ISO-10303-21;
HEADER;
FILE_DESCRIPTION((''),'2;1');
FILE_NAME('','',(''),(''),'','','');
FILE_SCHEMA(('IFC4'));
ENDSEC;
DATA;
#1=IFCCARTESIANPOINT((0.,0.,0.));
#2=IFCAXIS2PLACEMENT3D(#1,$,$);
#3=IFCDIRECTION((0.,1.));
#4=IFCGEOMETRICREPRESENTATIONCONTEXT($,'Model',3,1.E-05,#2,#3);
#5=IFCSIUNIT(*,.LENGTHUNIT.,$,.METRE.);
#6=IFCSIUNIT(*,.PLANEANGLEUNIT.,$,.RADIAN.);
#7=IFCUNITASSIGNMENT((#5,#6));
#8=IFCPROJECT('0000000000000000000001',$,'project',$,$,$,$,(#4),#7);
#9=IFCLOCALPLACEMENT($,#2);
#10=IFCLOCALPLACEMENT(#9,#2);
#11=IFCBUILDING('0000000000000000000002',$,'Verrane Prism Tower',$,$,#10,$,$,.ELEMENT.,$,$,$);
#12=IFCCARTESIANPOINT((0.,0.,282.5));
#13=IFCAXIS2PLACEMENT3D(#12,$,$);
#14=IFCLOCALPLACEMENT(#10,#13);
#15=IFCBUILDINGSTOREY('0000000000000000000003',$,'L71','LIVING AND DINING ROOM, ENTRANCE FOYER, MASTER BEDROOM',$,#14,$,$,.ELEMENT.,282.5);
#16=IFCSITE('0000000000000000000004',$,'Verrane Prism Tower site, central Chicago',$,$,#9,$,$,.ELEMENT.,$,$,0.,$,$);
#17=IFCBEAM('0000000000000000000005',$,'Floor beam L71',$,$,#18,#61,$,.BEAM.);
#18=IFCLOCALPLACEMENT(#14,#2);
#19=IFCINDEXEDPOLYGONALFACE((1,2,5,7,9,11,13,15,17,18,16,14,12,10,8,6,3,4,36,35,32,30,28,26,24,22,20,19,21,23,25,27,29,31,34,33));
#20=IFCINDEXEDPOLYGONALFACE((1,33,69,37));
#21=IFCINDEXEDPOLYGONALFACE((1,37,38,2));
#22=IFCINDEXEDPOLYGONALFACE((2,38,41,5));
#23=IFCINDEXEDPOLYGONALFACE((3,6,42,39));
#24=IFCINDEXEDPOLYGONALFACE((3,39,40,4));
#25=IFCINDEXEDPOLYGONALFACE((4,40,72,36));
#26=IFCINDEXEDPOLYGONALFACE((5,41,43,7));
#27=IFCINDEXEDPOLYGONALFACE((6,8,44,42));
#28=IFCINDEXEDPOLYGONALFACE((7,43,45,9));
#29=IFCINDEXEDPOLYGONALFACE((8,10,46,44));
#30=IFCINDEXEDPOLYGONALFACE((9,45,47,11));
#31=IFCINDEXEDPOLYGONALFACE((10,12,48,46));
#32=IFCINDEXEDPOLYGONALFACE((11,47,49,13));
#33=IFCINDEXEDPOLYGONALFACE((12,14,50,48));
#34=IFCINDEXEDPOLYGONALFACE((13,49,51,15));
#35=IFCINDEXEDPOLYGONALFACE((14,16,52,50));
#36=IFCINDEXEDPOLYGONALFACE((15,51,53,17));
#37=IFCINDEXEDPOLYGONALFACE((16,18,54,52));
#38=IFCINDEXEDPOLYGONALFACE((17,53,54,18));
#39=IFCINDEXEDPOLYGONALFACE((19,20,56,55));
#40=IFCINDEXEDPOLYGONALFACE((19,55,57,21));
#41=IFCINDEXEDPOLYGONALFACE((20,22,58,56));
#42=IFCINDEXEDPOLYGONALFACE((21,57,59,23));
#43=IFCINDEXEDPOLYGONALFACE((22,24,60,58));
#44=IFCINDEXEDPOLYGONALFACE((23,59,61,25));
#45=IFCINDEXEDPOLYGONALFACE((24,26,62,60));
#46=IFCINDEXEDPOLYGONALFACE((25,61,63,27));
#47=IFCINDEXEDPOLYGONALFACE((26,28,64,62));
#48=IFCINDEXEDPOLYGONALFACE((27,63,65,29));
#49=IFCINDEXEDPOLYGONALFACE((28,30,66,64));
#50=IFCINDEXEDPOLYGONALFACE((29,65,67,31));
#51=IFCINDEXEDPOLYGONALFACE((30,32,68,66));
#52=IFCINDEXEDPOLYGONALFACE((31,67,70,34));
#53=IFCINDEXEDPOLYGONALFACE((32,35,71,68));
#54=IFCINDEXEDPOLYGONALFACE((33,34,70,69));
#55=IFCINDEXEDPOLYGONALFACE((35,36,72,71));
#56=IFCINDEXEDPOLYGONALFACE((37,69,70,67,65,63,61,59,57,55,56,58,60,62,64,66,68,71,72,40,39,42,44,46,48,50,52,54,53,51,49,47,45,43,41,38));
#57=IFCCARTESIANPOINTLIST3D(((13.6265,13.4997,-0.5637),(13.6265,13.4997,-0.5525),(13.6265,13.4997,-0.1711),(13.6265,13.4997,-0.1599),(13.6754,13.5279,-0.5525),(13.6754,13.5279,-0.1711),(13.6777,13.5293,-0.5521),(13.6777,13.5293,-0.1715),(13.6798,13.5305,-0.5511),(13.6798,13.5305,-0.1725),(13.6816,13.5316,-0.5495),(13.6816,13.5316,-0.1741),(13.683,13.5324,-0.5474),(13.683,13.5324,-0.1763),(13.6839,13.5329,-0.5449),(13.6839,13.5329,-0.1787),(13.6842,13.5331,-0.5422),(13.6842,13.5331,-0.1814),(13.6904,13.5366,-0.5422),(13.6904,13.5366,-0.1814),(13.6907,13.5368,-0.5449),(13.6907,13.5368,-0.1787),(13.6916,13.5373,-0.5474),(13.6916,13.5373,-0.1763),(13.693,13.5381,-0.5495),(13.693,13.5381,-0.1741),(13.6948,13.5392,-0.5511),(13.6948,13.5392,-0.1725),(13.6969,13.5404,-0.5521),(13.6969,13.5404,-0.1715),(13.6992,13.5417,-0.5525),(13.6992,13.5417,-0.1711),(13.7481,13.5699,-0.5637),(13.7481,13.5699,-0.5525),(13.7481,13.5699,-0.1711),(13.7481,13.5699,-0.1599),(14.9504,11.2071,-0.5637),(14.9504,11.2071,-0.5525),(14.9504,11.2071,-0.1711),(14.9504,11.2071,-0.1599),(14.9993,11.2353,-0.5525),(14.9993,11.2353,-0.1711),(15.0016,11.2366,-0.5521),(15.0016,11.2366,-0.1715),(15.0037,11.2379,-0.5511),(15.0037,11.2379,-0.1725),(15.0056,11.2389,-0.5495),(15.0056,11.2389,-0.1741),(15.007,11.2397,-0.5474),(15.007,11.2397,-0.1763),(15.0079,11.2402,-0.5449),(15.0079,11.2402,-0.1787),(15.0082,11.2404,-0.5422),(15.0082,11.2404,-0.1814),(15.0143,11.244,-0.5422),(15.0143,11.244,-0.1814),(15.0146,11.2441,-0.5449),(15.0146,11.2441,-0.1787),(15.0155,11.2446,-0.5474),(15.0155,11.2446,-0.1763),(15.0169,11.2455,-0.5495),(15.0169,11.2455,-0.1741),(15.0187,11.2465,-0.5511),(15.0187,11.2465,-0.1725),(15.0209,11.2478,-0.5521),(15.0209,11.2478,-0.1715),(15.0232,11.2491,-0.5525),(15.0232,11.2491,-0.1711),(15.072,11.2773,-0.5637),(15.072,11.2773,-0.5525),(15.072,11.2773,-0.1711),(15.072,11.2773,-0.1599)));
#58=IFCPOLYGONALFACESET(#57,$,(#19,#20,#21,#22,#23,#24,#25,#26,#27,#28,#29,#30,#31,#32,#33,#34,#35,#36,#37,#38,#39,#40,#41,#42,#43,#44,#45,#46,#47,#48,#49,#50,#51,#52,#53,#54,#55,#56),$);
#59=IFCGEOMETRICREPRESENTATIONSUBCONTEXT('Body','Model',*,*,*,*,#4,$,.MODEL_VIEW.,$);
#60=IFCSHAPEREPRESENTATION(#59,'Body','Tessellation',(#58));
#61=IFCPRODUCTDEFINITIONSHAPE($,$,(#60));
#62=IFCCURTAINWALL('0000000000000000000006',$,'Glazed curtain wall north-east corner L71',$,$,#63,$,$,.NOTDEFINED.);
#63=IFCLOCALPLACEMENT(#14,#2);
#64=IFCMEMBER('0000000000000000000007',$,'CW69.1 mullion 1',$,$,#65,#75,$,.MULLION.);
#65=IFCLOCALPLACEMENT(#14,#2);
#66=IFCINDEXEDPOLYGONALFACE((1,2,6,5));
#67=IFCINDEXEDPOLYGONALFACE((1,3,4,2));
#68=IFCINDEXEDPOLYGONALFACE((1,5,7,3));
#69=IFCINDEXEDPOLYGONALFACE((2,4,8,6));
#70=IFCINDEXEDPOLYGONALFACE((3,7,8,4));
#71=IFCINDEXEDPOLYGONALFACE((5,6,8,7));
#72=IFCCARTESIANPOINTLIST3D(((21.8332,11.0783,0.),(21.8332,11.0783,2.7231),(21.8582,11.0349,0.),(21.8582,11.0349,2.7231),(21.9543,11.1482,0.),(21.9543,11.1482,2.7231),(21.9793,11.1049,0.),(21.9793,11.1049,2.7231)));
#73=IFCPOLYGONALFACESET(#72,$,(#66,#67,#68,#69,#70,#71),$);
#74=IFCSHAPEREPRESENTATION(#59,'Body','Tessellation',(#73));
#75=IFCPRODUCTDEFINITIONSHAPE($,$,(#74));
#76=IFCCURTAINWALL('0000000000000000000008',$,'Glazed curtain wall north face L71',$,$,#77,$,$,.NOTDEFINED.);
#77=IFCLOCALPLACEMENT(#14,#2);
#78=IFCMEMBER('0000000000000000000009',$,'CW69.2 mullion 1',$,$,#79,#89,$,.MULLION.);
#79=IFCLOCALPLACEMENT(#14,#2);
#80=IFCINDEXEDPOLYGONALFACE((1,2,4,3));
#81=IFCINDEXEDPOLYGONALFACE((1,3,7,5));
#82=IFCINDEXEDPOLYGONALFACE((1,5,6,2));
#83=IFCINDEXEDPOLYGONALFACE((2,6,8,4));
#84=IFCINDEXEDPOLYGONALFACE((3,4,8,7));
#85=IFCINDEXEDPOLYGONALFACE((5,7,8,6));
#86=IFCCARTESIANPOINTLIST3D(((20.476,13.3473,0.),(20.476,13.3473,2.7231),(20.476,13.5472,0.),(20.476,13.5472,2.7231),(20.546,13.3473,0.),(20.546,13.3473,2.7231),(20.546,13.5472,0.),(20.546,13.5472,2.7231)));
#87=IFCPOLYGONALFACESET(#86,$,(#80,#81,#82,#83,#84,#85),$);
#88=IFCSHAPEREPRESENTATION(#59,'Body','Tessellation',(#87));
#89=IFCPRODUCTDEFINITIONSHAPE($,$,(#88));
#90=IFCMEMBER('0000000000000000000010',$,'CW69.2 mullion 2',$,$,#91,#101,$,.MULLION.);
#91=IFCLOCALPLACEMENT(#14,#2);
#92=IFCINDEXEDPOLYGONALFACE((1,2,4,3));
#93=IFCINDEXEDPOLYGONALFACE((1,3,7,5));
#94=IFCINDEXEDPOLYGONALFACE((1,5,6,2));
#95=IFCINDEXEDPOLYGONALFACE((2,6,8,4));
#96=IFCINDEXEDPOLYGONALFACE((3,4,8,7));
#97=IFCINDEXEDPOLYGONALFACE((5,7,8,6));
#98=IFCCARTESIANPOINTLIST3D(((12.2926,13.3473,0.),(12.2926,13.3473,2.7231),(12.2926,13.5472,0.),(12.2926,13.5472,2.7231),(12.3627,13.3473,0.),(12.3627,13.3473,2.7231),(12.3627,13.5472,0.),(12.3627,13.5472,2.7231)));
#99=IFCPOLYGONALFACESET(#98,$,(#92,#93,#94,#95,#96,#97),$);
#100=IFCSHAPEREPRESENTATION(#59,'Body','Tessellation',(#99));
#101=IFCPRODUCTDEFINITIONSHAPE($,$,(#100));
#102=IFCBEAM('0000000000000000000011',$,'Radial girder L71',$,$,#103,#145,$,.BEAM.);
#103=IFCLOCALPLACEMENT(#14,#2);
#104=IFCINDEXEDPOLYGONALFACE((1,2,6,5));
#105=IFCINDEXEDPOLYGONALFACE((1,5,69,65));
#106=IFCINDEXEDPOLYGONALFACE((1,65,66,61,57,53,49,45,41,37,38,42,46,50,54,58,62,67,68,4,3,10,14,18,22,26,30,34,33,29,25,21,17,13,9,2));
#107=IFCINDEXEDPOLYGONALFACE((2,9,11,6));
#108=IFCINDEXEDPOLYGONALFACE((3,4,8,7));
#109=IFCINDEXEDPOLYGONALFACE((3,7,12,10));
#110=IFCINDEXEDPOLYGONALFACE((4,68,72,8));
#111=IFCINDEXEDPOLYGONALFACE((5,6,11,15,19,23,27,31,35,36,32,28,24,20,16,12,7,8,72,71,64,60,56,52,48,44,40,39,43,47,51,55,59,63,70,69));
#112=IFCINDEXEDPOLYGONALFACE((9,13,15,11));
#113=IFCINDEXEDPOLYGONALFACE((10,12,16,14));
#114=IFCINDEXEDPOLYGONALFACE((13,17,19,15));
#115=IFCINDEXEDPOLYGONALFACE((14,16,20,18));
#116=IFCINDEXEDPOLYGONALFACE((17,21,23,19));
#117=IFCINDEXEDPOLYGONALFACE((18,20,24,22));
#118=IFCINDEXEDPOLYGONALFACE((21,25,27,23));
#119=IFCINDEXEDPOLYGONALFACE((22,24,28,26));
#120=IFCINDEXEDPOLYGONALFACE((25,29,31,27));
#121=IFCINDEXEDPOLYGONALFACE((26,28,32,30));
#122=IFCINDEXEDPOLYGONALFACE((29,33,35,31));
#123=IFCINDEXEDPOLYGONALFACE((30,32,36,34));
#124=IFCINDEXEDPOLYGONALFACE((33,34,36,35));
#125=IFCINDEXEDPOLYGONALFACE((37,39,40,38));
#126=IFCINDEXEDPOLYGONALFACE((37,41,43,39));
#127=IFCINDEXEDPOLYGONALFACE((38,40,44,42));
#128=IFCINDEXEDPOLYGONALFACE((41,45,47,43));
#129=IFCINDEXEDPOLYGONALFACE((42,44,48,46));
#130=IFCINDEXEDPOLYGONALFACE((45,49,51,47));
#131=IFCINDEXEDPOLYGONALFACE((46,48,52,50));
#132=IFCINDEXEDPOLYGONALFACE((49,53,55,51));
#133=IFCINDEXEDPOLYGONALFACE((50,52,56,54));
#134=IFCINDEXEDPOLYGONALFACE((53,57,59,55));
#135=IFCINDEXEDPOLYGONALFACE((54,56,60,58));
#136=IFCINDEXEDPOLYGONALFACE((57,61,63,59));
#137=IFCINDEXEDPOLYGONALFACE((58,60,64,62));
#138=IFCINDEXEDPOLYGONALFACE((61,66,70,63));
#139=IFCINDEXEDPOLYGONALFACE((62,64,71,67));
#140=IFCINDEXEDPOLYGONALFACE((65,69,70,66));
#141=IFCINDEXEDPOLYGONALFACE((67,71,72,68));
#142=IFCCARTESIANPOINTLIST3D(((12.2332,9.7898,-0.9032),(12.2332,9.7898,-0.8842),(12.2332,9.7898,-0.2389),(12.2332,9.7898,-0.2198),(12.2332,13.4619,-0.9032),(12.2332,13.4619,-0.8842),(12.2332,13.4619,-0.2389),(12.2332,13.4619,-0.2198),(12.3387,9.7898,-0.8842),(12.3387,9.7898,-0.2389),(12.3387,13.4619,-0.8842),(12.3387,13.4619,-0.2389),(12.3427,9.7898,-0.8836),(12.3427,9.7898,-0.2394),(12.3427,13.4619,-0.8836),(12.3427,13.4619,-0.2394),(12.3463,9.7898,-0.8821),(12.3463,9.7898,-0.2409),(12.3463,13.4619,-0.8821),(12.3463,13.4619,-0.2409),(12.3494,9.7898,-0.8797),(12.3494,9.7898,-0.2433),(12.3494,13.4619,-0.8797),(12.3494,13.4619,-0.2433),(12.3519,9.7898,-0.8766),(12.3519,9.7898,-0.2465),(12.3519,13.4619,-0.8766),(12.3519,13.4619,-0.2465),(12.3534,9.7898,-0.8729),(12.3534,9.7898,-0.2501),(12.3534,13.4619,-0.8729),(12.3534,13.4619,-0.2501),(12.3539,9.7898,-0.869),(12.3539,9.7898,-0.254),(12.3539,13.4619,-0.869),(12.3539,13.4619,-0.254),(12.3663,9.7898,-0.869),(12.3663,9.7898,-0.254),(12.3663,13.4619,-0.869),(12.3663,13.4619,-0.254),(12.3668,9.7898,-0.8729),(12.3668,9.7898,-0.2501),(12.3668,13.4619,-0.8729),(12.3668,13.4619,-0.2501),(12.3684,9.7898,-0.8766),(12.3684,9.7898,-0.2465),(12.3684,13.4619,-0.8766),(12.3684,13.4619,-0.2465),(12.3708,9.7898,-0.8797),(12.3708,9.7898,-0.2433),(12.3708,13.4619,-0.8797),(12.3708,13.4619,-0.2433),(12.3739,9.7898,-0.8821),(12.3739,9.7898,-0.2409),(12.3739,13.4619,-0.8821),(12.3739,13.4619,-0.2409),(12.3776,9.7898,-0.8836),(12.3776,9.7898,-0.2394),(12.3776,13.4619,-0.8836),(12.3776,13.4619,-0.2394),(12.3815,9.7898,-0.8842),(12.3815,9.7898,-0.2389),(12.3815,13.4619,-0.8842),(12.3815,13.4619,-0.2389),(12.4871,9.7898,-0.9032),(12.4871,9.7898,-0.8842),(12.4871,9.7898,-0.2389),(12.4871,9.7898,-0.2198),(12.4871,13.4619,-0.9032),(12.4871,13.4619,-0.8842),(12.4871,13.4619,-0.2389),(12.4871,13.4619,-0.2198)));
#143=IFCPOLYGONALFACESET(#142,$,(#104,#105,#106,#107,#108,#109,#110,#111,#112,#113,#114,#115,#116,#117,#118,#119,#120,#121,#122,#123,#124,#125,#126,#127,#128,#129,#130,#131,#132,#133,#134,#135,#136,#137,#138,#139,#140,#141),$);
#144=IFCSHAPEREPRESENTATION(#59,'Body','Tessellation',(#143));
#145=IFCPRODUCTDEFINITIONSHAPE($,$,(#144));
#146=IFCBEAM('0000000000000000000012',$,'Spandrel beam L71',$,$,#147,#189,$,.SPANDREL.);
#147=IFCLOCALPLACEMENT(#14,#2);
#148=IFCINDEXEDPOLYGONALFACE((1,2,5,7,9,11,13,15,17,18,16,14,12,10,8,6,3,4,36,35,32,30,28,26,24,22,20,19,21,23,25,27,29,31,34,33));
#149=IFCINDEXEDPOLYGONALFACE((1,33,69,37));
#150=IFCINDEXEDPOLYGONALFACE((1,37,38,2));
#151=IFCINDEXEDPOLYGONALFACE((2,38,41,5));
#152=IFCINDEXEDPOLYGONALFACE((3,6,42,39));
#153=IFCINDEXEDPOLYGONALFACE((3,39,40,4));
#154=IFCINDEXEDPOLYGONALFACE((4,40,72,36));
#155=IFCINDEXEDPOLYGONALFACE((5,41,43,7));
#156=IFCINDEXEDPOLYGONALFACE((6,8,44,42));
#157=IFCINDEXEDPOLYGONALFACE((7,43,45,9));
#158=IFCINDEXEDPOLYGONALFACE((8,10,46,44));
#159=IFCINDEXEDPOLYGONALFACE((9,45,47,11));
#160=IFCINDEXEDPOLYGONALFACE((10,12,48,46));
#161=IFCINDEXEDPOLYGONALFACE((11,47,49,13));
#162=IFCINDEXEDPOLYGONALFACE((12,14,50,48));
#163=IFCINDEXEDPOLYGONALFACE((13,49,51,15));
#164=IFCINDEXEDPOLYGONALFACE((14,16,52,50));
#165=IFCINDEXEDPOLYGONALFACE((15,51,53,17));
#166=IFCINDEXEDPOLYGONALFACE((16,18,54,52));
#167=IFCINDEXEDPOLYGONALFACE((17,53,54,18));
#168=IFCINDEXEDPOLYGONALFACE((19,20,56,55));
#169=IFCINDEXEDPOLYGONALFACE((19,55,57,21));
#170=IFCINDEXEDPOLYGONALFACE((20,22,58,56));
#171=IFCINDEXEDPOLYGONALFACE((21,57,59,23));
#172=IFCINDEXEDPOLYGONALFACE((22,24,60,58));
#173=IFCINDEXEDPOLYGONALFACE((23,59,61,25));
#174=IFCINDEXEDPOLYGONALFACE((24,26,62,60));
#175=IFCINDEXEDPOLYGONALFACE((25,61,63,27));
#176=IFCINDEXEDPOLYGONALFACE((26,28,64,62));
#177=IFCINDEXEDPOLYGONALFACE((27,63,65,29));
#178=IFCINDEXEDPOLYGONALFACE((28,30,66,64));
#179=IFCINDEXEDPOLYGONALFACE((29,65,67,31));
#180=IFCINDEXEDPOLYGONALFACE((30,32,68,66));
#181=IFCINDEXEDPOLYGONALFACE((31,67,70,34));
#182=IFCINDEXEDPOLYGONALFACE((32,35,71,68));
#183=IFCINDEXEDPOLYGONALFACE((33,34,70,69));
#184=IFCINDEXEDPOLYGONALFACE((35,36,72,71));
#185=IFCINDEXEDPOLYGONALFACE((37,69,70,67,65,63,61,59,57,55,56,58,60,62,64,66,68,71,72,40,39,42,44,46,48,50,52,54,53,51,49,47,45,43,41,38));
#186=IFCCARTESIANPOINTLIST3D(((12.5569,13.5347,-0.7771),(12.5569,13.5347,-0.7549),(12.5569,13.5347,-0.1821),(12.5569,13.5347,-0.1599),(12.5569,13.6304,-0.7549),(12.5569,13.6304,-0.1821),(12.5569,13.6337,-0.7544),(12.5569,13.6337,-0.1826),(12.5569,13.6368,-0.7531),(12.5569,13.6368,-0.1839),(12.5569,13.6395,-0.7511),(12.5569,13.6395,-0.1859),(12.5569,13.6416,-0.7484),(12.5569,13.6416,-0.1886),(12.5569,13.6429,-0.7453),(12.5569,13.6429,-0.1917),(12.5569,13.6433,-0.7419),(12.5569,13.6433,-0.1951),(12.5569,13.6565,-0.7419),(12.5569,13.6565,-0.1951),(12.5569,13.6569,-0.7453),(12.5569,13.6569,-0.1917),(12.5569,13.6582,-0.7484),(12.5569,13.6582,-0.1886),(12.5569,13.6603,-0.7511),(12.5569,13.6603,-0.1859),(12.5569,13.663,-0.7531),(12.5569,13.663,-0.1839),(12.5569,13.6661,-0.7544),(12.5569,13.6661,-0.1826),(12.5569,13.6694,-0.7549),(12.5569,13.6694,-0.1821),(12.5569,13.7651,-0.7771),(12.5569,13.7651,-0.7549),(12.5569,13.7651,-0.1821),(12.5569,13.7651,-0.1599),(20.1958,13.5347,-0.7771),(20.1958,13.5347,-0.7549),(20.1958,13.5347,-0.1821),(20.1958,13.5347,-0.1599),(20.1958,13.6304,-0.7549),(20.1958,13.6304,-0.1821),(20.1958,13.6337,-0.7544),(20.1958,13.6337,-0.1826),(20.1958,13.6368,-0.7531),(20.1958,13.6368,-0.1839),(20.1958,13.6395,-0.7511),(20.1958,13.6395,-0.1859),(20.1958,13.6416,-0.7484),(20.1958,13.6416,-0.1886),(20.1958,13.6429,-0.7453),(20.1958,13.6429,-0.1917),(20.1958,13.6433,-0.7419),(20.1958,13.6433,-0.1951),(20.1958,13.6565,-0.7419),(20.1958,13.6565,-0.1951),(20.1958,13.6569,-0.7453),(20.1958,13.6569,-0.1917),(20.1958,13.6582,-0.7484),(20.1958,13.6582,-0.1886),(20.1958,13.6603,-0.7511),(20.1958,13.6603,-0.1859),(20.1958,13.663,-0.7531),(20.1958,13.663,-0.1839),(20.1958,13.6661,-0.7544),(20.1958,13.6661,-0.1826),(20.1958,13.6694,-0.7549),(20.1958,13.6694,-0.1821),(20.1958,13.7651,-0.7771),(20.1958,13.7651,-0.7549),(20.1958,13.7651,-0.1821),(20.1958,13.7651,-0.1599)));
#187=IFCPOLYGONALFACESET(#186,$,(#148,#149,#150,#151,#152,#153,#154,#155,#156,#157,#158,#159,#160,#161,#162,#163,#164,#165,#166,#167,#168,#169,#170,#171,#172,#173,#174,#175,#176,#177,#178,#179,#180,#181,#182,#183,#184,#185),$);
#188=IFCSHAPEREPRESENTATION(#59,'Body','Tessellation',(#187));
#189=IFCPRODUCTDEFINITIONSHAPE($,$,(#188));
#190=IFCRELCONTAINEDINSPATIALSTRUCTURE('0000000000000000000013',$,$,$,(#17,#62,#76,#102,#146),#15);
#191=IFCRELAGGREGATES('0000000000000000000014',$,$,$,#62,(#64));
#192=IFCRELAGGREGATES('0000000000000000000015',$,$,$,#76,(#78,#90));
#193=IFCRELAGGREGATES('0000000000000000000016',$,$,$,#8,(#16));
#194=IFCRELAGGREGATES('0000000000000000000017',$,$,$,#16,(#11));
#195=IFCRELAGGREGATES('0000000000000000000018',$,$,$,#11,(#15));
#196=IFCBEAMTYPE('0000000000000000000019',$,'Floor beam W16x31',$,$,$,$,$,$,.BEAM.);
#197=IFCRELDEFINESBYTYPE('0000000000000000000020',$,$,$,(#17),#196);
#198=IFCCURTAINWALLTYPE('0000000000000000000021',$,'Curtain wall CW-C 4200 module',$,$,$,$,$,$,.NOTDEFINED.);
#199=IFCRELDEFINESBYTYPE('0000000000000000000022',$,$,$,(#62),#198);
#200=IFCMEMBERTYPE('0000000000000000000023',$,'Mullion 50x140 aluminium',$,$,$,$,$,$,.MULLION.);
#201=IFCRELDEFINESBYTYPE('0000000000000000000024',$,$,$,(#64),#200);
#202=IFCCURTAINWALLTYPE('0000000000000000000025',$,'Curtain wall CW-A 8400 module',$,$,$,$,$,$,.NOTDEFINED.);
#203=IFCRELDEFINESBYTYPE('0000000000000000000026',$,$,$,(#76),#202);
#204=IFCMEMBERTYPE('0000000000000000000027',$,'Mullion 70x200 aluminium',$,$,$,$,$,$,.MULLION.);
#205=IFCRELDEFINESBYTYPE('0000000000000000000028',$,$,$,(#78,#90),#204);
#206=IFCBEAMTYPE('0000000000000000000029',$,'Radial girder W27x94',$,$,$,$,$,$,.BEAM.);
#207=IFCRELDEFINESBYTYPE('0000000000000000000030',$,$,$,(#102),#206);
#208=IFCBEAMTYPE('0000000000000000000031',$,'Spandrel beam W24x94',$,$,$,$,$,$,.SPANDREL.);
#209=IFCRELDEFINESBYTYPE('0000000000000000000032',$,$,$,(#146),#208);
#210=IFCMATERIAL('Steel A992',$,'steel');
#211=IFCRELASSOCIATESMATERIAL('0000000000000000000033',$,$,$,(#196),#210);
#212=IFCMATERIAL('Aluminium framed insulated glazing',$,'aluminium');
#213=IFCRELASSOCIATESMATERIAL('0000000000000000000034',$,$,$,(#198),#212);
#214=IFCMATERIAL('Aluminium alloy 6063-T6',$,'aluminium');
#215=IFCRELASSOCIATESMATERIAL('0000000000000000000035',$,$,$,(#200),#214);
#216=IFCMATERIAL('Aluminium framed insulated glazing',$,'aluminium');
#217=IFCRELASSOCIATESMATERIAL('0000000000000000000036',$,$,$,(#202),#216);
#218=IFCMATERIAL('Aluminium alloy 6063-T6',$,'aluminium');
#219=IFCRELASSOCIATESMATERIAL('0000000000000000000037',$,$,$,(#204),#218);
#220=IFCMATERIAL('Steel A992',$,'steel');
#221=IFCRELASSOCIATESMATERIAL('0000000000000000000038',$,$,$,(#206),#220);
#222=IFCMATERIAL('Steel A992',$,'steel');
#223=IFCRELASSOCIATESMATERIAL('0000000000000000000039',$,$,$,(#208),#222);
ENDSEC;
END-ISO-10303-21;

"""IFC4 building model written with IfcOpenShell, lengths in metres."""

from ifc_helpers import new_model, si_unit, direction, frame, origin, origin_2d, place, context, subcontext, project, spatial, rectangle, i_section, extrude, material, material_profile, profile_set, type_object, element, aggregate, save


model = new_model("IFC4")

# Units and contexts
model_context = context("Model", 3, precision=1e-05, world=origin(), true_north=direction((0.0, 1.0)))
body_context = subcontext(model_context, "Body", "Model", "MODEL_VIEW")
ifc_project = project(units=[si_unit("LENGTHUNIT", "METRE"), si_unit("PLANEANGLEUNIT", "RADIAN")], contexts=[model_context])

# Site, building, storey
site_placement = place(None, origin())
site = spatial("IfcSite", under=ifc_project, at=site_placement, Name="Verrane Prism Tower site, central Chicago", CompositionType="ELEMENT", RefElevation=0.0)
building_placement = place(site_placement, origin())
building = spatial("IfcBuilding", under=site, at=building_placement, Name="Verrane Prism Tower", CompositionType="ELEMENT")
storey_placement = place(building_placement, frame((0.0, 0.0, 282.5)))
storey = spatial("IfcBuildingStorey", under=building, at=storey_placement, Name="L71", Description="LIVING AND DINING ROOM, ENTRANCE FOYER, MASTER BEDROOM", CompositionType="ELEMENT", Elevation=282.5)

# Beam
ifc_material_1 = material(Name="Steel A992", Category="steel")
ifc_material_profile_1 = material_profile(ifc_material_1, i_section(OverallWidth=0.1404, OverallDepth=0.4038, WebThickness=0.0071, FlangeThickness=0.0112, FilletRadius=0.0103, at=origin_2d()), Name="W16x31")
ifc_profile_set_1 = profile_set([ifc_material_profile_1], Name="Steel A992")
beam_type_1 = type_object("IfcBeamType", Name="Floor beam W16x31", PredefinedType="BEAM", material=ifc_profile_set_1)
beam_1_placement = place(storey_placement, frame((15.0112, 11.2422, -0.3618), z_axis=(-0.500076, 0.865981, 0.0), x_axis=(-0.865981, -0.500076, 0.0)))
element("IfcBeam", 1, at=beam_1_placement, inside=storey, type_object=beam_type_1, Name="Floor beam L71", PredefinedType="BEAM", context=body_context, shape_type="SweptSolid", body=[
    extrude(i_section(OverallWidth=0.1404, OverallDepth=0.4038, WebThickness=0.0071, FlangeThickness=0.0112, FilletRadius=0.0103, at=origin_2d()), origin(), (0.0, 0.0, 1.0), 2.6475),
])

# Curtain wall, member
ifc_material_2 = material(Name="Aluminium framed insulated glazing", Category="aluminium")
curtain_wall_type_1 = type_object("IfcCurtainWallType", Name="Curtain wall CW-C 4200 module", PredefinedType="NOTDEFINED", material=ifc_material_2)
curtain_wall_1_placement = place(storey_placement, origin())
curtain_wall_1 = element("IfcCurtainWall", 2, at=curtain_wall_1_placement, inside=storey, type_object=curtain_wall_type_1, Name="Glazed curtain wall north-east corner L71", PredefinedType="NOTDEFINED")
ifc_material_3 = material(Name="Aluminium alloy 6063-T6", Category="aluminium")
ifc_material_profile_2 = material_profile(ifc_material_3, rectangle(XDim=0.1399, YDim=0.05, at=origin_2d()), Name="Mullion 50x140 aluminium")
ifc_profile_set_2 = profile_set([ifc_material_profile_2], Name="Aluminium alloy 6063-T6")
member_type_1 = type_object("IfcMemberType", Name="Mullion 50x140 aluminium", PredefinedType="MULLION", material=ifc_profile_set_2)
member_1_placement = place(storey_placement, frame((21.9062, 11.0916, 0.0), z_axis=(0.0, 0.0, 1.0), x_axis=(-0.866024, -0.500002, 0.0)))
member_1 = element("IfcMember", 3, at=member_1_placement, type_object=member_type_1, Name="CW69.1 mullion 1", PredefinedType="MULLION", context=body_context, shape_type="SweptSolid", body=[
    extrude(rectangle(XDim=0.1399, YDim=0.05, at=origin_2d()), origin(), (0.0, 0.0, 1.0), 2.7231),
])

# Curtain wall, members
ifc_material_4 = material(Name="Aluminium framed insulated glazing", Category="aluminium")
curtain_wall_type_2 = type_object("IfcCurtainWallType", Name="Curtain wall CW-A 8400 module", PredefinedType="NOTDEFINED", material=ifc_material_4)
curtain_wall_2_placement = place(storey_placement, origin())
curtain_wall_2 = element("IfcCurtainWall", 4, at=curtain_wall_2_placement, inside=storey, type_object=curtain_wall_type_2, Name="Glazed curtain wall north face L71", PredefinedType="NOTDEFINED")
ifc_material_5 = material(Name="Aluminium alloy 6063-T6", Category="aluminium")
ifc_material_profile_3 = material_profile(ifc_material_5, rectangle(XDim=0.2, YDim=0.0701, at=origin_2d()), Name="Mullion 70x200 aluminium")
ifc_profile_set_3 = profile_set([ifc_material_profile_3], Name="Aluminium alloy 6063-T6")
member_type_2 = type_object("IfcMemberType", Name="Mullion 70x200 aluminium", PredefinedType="MULLION", material=ifc_profile_set_3)
member_2_placement = place(storey_placement, frame((20.511, 13.4473, 0.0), z_axis=(0.0, 0.0, 1.0), x_axis=(0.0, -1.0, 0.0)))
member_2 = element("IfcMember", 5, at=member_2_placement, type_object=member_type_2, Name="CW69.2 mullion 1", PredefinedType="MULLION", context=body_context, shape_type="SweptSolid", body=[
    extrude(rectangle(XDim=0.2, YDim=0.0701, at=origin_2d()), origin(), (0.0, 0.0, 1.0), 2.7231),
])
member_3_placement = place(storey_placement, frame((12.3276, 13.4473, 0.0), z_axis=(0.0, 0.0, 1.0), x_axis=(0.0, -1.0, 0.0)))
member_3 = element("IfcMember", 6, at=member_3_placement, type_object=member_type_2, Name="CW69.2 mullion 2", PredefinedType="MULLION", context=body_context, shape_type="SweptSolid", body=[
    extrude(rectangle(XDim=0.2, YDim=0.0701, at=origin_2d()), origin(), (0.0, 0.0, 1.0), 2.7231),
])

# Beams
ifc_material_6 = material(Name="Steel A992", Category="steel")
ifc_material_profile_4 = material_profile(ifc_material_6, i_section(OverallWidth=0.2539, OverallDepth=0.6833, WebThickness=0.0125, FlangeThickness=0.019, FilletRadius=0.0151, at=origin_2d()), Name="W27x94")
ifc_profile_set_4 = profile_set([ifc_material_profile_4], Name="Steel A992")
beam_type_2 = type_object("IfcBeamType", Name="Radial girder W27x94", PredefinedType="BEAM", material=ifc_profile_set_4)
beam_2_placement = place(storey_placement, frame((12.3601, 13.4619, -0.5615), z_axis=(0.0, -1.0, 0.0), x_axis=(1.0, 0.0, 0.0)))
element("IfcBeam", 7, at=beam_2_placement, inside=storey, type_object=beam_type_2, Name="Radial girder L71", PredefinedType="BEAM", context=body_context, shape_type="SweptSolid", body=[
    extrude(i_section(OverallWidth=0.2539, OverallDepth=0.6833, WebThickness=0.0125, FlangeThickness=0.019, FilletRadius=0.0151, at=origin_2d()), origin(), (0.0, 0.0, 1.0), 3.6721),
])
ifc_material_7 = material(Name="Steel A992", Category="steel")
ifc_material_profile_5 = material_profile(ifc_material_7, i_section(OverallWidth=0.2305, OverallDepth=0.6172, WebThickness=0.0132, FlangeThickness=0.0222, FilletRadius=0.0129, at=origin_2d()), Name="W24x94")
ifc_profile_set_5 = profile_set([ifc_material_profile_5], Name="Steel A992")
beam_type_3 = type_object("IfcBeamType", Name="Spandrel beam W24x94", PredefinedType="SPANDREL", material=ifc_profile_set_5)
beam_3_placement = place(storey_placement, frame((20.1958, 13.6499, -0.4685), z_axis=(-1.0, 0.0, 0.0), x_axis=(0.0, -1.0, 0.0)))
element("IfcBeam", 8, at=beam_3_placement, inside=storey, type_object=beam_type_3, Name="Spandrel beam L71", PredefinedType="SPANDREL", context=body_context, shape_type="SweptSolid", body=[
    extrude(i_section(OverallWidth=0.2305, OverallDepth=0.6172, WebThickness=0.0132, FlangeThickness=0.0222, FilletRadius=0.0129, at=origin_2d()), origin(), (0.0, 0.0, 1.0), 7.6389),
])

aggregate(curtain_wall_1, [member_1])
aggregate(curtain_wall_2, [member_2, member_3])

save(model, "model.ifc")
